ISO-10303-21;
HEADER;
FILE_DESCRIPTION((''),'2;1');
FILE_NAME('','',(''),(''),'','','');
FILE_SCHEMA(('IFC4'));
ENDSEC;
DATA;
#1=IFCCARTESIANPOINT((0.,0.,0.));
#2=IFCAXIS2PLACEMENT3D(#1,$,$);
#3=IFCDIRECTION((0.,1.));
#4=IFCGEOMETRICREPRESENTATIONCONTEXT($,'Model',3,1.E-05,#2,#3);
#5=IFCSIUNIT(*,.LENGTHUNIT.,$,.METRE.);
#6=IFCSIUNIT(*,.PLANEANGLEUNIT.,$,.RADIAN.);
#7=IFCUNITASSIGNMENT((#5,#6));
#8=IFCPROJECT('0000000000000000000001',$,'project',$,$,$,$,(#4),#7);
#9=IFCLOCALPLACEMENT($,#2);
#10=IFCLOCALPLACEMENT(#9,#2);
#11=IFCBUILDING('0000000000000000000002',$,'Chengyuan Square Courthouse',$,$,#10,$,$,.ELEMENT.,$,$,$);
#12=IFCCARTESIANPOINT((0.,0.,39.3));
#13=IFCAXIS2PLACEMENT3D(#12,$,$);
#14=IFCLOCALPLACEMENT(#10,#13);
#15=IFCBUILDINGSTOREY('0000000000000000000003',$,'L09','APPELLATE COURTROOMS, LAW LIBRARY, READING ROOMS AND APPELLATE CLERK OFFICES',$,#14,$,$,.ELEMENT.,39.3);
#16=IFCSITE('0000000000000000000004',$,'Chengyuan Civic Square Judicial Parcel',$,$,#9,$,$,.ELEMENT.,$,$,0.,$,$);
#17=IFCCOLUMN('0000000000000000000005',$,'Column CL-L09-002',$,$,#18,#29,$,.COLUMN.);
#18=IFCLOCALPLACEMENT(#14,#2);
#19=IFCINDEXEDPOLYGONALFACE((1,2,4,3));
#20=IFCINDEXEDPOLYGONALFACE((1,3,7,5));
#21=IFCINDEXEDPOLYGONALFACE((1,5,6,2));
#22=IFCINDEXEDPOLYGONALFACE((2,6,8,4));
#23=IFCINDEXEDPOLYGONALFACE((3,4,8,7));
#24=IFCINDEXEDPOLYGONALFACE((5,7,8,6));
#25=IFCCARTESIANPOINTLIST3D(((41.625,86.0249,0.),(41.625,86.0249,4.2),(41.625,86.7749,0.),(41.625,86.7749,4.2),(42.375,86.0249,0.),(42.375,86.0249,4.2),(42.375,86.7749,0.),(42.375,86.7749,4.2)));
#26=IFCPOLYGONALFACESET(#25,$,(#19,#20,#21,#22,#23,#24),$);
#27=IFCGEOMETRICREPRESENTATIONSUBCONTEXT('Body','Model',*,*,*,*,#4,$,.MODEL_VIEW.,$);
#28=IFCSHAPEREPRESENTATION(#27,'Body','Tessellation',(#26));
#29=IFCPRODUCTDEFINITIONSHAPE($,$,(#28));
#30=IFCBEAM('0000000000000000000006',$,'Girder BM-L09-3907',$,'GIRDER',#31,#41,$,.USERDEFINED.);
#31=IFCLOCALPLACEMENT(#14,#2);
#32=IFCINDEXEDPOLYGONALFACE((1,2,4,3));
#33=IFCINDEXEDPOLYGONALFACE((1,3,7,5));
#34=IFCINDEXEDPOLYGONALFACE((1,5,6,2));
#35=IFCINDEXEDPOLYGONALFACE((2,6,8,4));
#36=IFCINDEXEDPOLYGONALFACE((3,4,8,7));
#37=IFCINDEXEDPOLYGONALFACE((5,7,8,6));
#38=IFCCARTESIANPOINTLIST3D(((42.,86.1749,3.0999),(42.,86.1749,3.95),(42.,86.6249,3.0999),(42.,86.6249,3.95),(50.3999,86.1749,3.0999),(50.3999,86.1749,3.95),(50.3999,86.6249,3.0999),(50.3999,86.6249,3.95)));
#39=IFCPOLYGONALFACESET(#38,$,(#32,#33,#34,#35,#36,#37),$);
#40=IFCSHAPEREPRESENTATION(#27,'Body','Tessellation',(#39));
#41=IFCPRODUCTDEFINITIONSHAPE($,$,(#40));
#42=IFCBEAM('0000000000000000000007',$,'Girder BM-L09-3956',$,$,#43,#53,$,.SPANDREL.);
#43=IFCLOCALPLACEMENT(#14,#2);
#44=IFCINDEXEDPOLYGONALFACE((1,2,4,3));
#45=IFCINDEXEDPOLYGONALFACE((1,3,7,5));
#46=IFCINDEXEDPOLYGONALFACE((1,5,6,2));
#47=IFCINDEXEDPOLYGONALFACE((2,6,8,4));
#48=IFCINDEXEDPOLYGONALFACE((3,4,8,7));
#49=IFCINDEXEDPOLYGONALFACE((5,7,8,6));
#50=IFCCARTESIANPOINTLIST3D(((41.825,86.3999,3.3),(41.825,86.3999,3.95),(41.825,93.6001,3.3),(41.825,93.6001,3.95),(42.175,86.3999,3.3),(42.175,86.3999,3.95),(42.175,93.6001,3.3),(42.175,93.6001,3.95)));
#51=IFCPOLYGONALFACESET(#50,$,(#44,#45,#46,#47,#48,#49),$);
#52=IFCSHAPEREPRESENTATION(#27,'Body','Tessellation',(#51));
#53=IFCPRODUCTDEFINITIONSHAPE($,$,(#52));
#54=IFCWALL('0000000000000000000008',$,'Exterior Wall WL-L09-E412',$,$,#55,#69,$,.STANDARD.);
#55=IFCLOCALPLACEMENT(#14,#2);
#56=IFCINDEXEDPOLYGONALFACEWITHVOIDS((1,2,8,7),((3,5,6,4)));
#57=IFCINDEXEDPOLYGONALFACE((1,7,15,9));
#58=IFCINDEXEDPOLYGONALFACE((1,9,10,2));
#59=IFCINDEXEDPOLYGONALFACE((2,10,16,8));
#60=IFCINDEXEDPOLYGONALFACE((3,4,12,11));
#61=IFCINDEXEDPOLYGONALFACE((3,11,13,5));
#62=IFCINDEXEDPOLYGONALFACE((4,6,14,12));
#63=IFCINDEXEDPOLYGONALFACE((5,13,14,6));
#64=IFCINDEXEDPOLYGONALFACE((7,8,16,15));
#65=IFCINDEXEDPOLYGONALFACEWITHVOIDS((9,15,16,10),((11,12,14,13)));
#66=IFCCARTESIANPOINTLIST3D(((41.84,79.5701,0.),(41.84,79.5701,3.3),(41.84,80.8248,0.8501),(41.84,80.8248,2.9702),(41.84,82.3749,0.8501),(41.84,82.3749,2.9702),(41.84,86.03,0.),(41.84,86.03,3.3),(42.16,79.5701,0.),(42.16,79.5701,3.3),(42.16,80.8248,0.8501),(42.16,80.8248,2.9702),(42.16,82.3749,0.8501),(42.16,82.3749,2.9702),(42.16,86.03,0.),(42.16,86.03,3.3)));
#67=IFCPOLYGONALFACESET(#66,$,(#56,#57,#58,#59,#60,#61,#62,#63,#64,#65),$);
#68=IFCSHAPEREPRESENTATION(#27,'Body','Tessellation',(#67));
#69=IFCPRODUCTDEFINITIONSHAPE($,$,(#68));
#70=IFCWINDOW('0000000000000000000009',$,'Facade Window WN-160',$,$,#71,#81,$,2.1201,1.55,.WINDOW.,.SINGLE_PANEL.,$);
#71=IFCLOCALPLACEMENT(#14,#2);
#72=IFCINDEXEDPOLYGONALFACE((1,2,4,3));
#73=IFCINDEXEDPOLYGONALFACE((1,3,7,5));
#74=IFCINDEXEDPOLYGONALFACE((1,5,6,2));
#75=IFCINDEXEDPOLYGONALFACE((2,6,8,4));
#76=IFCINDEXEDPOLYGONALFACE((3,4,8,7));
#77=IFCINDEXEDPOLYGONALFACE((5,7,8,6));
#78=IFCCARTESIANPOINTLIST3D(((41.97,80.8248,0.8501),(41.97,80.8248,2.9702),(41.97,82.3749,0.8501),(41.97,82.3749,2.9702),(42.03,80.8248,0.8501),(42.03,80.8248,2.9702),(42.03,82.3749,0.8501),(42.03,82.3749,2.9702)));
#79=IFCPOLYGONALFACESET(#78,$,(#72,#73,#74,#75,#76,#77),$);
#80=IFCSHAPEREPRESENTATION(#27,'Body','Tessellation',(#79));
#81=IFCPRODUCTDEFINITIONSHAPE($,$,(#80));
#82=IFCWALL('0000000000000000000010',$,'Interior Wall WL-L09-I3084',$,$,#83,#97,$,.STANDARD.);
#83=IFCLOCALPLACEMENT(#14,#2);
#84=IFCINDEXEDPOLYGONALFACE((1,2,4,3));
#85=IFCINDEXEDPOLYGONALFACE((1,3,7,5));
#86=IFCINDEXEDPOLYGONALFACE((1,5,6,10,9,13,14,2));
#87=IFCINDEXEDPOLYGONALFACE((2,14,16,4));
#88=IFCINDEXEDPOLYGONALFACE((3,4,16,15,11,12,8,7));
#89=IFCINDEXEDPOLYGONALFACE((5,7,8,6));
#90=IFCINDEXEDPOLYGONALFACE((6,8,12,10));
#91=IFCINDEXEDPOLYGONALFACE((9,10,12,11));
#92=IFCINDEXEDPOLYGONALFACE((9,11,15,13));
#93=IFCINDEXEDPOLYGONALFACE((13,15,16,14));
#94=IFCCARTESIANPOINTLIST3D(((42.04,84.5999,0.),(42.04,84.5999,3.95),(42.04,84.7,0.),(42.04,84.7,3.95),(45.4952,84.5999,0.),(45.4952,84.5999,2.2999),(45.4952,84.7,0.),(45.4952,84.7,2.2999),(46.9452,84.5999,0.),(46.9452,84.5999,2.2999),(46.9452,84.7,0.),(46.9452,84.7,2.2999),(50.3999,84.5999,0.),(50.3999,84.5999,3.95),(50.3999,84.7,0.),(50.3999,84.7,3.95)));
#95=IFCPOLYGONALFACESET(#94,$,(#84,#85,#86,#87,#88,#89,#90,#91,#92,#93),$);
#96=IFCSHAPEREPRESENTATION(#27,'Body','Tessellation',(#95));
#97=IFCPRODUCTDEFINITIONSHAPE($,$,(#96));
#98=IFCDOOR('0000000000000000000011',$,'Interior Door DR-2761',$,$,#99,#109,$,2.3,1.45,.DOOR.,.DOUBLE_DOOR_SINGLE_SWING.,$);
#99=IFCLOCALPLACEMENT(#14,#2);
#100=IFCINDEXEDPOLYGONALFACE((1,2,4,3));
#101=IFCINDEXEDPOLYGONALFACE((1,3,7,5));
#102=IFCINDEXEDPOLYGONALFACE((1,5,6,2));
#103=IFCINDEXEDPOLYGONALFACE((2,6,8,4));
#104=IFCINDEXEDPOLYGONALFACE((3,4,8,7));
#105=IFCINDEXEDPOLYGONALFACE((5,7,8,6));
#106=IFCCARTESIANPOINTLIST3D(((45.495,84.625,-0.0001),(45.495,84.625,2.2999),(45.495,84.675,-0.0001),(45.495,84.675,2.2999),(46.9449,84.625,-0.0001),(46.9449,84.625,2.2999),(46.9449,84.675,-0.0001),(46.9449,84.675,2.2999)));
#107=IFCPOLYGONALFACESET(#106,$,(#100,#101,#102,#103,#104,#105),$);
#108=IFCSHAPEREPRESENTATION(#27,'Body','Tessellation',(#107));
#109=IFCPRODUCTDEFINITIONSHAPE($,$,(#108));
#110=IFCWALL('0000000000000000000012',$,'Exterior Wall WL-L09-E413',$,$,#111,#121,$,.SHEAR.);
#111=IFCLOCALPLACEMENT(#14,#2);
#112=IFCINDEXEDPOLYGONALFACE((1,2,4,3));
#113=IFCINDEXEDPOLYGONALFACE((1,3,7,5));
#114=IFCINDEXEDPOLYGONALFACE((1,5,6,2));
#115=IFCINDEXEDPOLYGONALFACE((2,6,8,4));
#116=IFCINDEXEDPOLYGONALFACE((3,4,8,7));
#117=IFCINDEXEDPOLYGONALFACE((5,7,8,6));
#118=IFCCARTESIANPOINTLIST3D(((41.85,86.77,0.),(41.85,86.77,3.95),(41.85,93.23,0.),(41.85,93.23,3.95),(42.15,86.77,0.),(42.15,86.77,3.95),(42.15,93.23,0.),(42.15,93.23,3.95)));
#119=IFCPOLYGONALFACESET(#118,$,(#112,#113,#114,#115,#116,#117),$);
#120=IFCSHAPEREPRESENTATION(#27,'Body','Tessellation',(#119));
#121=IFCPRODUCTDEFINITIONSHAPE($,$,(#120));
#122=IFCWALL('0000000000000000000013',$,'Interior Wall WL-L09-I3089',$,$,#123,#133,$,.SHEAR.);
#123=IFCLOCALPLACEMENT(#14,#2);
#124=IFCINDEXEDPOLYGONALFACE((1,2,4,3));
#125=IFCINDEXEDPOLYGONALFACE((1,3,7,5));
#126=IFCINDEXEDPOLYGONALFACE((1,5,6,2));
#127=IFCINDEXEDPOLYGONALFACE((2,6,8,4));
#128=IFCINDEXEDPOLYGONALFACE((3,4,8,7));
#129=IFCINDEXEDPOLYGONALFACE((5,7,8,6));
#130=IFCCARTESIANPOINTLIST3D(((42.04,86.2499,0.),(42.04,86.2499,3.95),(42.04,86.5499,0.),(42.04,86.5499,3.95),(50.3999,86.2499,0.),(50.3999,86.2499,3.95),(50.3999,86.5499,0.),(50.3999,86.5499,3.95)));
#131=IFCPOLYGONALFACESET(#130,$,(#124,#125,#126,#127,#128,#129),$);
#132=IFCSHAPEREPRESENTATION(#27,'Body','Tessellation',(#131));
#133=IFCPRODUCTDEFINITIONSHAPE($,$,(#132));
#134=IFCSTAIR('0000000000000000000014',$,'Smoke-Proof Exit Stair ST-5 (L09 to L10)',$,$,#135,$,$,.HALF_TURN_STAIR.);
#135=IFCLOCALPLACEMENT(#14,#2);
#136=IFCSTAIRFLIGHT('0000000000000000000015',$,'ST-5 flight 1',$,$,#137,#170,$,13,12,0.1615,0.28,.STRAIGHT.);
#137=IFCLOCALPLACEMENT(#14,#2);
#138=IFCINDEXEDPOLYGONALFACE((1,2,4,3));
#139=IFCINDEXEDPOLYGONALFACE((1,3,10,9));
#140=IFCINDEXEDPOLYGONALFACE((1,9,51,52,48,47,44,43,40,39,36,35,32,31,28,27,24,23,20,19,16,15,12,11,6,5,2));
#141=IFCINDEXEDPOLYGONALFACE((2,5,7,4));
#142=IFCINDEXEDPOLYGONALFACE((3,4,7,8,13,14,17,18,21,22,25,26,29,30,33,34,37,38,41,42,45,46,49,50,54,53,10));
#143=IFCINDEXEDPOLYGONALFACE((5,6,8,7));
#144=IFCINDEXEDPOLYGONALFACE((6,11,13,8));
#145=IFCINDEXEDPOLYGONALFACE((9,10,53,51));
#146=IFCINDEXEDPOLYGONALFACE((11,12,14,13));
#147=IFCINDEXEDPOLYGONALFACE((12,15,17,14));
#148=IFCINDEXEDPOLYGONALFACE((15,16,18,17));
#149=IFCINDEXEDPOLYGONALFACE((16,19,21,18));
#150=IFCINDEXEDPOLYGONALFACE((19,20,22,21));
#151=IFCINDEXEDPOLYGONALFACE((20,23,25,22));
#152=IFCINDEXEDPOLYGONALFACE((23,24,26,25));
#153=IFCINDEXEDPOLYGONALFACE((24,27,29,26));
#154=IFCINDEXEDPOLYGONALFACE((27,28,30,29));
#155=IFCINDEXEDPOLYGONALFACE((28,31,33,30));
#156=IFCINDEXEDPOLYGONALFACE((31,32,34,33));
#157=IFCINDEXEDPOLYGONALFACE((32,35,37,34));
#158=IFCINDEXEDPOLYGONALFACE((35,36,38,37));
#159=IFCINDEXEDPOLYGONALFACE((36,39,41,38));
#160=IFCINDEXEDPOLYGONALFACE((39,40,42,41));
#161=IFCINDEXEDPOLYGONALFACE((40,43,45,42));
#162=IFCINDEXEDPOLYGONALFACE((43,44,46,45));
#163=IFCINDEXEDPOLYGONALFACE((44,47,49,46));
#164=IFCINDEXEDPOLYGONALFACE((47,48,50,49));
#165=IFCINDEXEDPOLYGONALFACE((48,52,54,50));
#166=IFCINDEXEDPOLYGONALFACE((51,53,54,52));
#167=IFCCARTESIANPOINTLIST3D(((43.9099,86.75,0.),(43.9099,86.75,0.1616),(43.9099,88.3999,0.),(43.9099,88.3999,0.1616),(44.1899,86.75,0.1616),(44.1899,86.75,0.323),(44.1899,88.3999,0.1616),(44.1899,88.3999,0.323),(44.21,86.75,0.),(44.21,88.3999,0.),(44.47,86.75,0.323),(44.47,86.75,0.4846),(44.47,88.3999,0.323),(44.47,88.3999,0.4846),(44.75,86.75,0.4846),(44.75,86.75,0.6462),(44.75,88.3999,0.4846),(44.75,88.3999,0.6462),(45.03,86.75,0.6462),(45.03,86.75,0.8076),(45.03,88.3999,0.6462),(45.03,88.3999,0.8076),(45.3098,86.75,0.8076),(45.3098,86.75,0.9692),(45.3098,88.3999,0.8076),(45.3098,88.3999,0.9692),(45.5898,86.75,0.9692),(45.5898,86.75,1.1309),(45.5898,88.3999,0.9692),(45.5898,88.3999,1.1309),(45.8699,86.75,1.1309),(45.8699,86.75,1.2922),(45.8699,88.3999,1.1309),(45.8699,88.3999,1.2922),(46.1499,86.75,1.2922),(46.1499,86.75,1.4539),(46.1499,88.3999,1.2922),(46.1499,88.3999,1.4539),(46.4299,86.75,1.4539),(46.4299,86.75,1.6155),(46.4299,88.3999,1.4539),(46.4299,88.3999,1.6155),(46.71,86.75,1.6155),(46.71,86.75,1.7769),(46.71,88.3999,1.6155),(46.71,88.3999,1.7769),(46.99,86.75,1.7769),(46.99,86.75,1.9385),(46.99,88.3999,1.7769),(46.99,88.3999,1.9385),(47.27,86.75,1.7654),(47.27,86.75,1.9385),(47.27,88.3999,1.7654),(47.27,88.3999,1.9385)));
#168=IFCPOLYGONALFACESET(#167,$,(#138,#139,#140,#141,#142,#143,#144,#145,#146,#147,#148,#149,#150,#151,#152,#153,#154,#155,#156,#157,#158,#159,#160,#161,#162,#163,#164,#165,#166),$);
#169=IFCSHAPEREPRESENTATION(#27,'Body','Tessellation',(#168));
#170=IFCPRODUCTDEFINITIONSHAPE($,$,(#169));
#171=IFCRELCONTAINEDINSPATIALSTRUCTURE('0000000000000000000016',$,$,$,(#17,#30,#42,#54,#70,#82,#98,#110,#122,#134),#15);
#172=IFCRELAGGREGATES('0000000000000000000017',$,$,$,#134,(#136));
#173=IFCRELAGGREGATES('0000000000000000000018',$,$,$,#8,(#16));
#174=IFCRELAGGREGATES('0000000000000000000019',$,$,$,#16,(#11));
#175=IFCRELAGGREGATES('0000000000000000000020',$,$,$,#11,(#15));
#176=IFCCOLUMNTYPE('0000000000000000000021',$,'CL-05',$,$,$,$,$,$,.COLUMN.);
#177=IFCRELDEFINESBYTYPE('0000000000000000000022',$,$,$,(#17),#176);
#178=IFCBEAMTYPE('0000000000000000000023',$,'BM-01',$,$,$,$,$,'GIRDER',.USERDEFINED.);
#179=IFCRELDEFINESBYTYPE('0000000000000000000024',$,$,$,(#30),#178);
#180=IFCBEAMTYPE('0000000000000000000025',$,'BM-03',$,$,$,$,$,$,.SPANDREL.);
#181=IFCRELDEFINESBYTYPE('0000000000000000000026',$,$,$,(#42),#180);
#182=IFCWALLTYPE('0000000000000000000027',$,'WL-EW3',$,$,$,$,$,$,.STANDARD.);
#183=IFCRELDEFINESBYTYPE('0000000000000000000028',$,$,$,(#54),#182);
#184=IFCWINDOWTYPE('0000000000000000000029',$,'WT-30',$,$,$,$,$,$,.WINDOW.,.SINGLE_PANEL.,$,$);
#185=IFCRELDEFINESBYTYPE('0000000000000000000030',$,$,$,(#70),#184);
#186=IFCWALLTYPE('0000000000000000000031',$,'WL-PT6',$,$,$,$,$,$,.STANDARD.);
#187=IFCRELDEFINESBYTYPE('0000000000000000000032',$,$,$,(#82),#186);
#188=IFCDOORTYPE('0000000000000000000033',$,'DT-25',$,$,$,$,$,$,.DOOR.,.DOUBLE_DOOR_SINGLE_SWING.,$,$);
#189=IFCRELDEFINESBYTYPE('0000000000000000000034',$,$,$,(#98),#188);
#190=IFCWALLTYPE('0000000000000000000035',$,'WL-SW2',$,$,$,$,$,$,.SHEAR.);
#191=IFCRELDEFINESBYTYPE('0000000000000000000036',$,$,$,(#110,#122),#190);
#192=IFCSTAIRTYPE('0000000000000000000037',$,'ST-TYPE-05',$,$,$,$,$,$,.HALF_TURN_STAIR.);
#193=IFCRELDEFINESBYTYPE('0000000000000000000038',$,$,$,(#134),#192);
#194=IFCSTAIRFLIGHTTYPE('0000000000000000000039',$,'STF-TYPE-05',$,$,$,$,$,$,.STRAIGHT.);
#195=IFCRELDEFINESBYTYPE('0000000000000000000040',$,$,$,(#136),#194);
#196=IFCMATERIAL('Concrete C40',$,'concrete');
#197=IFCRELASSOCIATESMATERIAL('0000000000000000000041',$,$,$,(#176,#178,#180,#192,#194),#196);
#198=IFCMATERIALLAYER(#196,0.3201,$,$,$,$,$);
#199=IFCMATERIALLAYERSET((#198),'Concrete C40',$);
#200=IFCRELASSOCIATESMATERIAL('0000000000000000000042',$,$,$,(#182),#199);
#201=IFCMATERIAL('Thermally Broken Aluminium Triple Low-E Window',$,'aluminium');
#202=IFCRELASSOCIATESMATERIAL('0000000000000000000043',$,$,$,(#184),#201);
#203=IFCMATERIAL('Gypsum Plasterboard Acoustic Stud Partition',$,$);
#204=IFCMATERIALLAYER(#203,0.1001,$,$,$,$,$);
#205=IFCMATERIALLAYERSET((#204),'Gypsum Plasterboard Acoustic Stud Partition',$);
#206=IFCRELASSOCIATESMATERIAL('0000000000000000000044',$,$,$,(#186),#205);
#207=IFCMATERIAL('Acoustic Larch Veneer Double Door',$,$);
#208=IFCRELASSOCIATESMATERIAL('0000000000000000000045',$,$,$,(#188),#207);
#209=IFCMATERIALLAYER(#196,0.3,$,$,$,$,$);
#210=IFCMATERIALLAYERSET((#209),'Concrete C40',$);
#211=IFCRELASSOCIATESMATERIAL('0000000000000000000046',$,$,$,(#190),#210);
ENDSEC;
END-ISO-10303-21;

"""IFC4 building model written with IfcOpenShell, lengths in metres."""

from ifc_helpers import new_model, si_unit, direction, frame, frame_2d, origin, origin_2d, place, context, subcontext, project, spatial, polyline, rectangle, outline, extrude, material, layer, layer_set, material_profile, profile_set, type_object, element, fill, aggregate, save


model = new_model("IFC4")

# Units and contexts
model_context = context("Model", 3, precision=1e-05, world=origin(), true_north=direction((0.0, 1.0)))
body_context = subcontext(model_context, "Body", "Model", "MODEL_VIEW")
ifc_project = project(units=[si_unit("LENGTHUNIT", "METRE"), si_unit("PLANEANGLEUNIT", "RADIAN")], contexts=[model_context])

# Site, building, storey
site_placement = place(None, origin())
site = spatial("IfcSite", under=ifc_project, at=site_placement, Name="Chengyuan Civic Square Judicial Parcel", CompositionType="ELEMENT", RefElevation=0.0)
building_placement = place(site_placement, origin())
building = spatial("IfcBuilding", under=site, at=building_placement, Name="Chengyuan Square Courthouse", CompositionType="ELEMENT")
storey_placement = place(building_placement, frame((0.0, 0.0, 39.3)))
storey = spatial("IfcBuildingStorey", under=building, at=storey_placement, Name="L09", Description="APPELLATE COURTROOMS, LAW LIBRARY, READING ROOMS AND APPELLATE CLERK OFFICES", CompositionType="ELEMENT", Elevation=39.3)

# Column
ifc_material_1 = material(Name="Concrete C40", Category="concrete")
ifc_material_profile_1 = material_profile(ifc_material_1, rectangle(XDim=0.75, YDim=0.75, at=origin_2d()), Name="RC-COL-750x750")
ifc_profile_set_1 = profile_set([ifc_material_profile_1], Name="Concrete C40")
column_type = type_object("IfcColumnType", Name="CL-05", PredefinedType="COLUMN", material=ifc_profile_set_1)
column_placement = place(storey_placement, frame((42.0, 86.3999, 0.0), z_axis=(0.0, 0.0, 1.0), x_axis=(1.0, 0.0, 0.0)))
element("IfcColumn", 1, at=column_placement, inside=storey, type_object=column_type, Name="Column CL-L09-002", PredefinedType="COLUMN", context=body_context, shape_type="SweptSolid", body=[
    extrude(rectangle(XDim=0.75, YDim=0.75, at=origin_2d()), origin(), (0.0, 0.0, 1.0), 4.2),
])

# Beams
ifc_material_profile_2 = material_profile(ifc_material_1, rectangle(XDim=0.45, YDim=0.8501, at=origin_2d()), Name="RC-BM-450x850")
ifc_profile_set_2 = profile_set([ifc_material_profile_2], Name="Concrete C40")
beam_type_1 = type_object("IfcBeamType", Name="BM-01", ElementType="GIRDER", PredefinedType="USERDEFINED", material=ifc_profile_set_2)
beam_1_placement = place(storey_placement, frame((42.0, 86.3999, 3.5249), z_axis=(1.0, 0.0, 0.0), x_axis=(0.0, 1.0, 0.0)))
element("IfcBeam", 2, at=beam_1_placement, inside=storey, type_object=beam_type_1, Name="Girder BM-L09-3907", ObjectType="GIRDER", PredefinedType="USERDEFINED", context=body_context, shape_type="SweptSolid", body=[
    extrude(rectangle(XDim=0.45, YDim=0.8501, at=origin_2d()), origin(), (0.0, 0.0, 1.0), 8.3999),
])
ifc_material_profile_3 = material_profile(ifc_material_1, rectangle(XDim=0.3501, YDim=0.6499, at=origin_2d()), Name="RC-BM-350x650")
ifc_profile_set_3 = profile_set([ifc_material_profile_3], Name="Concrete C40")
beam_type_2 = type_object("IfcBeamType", Name="BM-03", PredefinedType="SPANDREL", material=ifc_profile_set_3)
beam_2_placement = place(storey_placement, frame((42.0, 86.3999, 3.625), z_axis=(0.0, 1.0, 0.0), x_axis=(-1.0, 0.0, 0.0)))
element("IfcBeam", 3, at=beam_2_placement, inside=storey, type_object=beam_type_2, Name="Girder BM-L09-3956", PredefinedType="SPANDREL", context=body_context, shape_type="SweptSolid", body=[
    extrude(rectangle(XDim=0.3501, YDim=0.6499, at=origin_2d()), origin(), (0.0, 0.0, 1.0), 7.2002),
])

# Wall, opening, window
ifc_layer_1 = layer(ifc_material_1, 0.3201)
ifc_layer_set_1 = layer_set([ifc_layer_1], Name="Concrete C40")
wall_type_1 = type_object("IfcWallType", Name="WL-EW3", PredefinedType="STANDARD", material=ifc_layer_set_1)
wall_1_placement = place(storey_placement, frame((42.0, 79.5701, 0.0), z_axis=(0.0, 0.0, 1.0), x_axis=(0.0, 1.0, 0.0)))
wall_1 = element("IfcWall", 4, at=wall_1_placement, inside=storey, type_object=wall_type_1, Name="Exterior Wall WL-L09-E412", PredefinedType="STANDARD", context=body_context, shape_type="SweptSolid", body=[
    extrude(rectangle(XDim=6.46, YDim=0.3201, at=frame_2d((3.23, 0.0))), origin(), (0.0, 0.0, 1.0), 3.3),
])
opening_1_placement = place(wall_1_placement, frame((1.2549, 0.0, 0.8501)))
opening_1 = element("IfcOpeningElement", 5, at=opening_1_placement, cuts=wall_1, PredefinedType="OPENING", context=body_context, shape_type="SweptSolid", body=[
    extrude(rectangle(XDim=1.55, YDim=2.1201, at=frame_2d((0.7749, 1.0601))), frame((0.0, 0.1721, 0.0), z_axis=(0.0, -1.0, 0.0), x_axis=(1.0, 0.0, 0.0)), (0.0, 0.0, 1.0), 0.344),
])
ifc_material_2 = material(Name="Thermally Broken Aluminium Triple Low-E Window", Category="aluminium")
window_type = type_object("IfcWindowType", Name="WT-30", PartitioningType="SINGLE_PANEL", PredefinedType="WINDOW", material=ifc_material_2)
window_placement = place(opening_1_placement, origin())
window = element("IfcWindow", 6, at=window_placement, inside=storey, type_object=window_type, Name="Facade Window WN-160", OverallHeight=2.1201, OverallWidth=1.55, PartitioningType="SINGLE_PANEL", PredefinedType="WINDOW", context=body_context, shape_type="SweptSolid", body=[
    extrude(rectangle(XDim=1.55, YDim=2.1201, at=frame_2d((0.7749, 1.0601))), frame((0.0, 0.03, 0.0), z_axis=(0.0, -1.0, 0.0), x_axis=(1.0, 0.0, 0.0)), (0.0, 0.0, 1.0), 0.0601),
])
fill(opening_1, window)

# Wall, opening, door
ifc_material_3 = material(Name="Gypsum Plasterboard Acoustic Stud Partition")
ifc_layer_2 = layer(ifc_material_3, 0.1001)
ifc_layer_set_2 = layer_set([ifc_layer_2], Name="Gypsum Plasterboard Acoustic Stud Partition")
wall_type_2 = type_object("IfcWallType", Name="WL-PT6", PredefinedType="STANDARD", material=ifc_layer_set_2)
wall_2_placement = place(storey_placement, frame((42.04, 84.6499, 0.0), z_axis=(0.0, 0.0, 1.0), x_axis=(1.0, 0.0, 0.0)))
wall_2 = element("IfcWall", 7, at=wall_2_placement, inside=storey, type_object=wall_type_2, Name="Interior Wall WL-L09-I3084", PredefinedType="STANDARD", context=body_context, shape_type="SweptSolid", body=[
    extrude(rectangle(XDim=8.3599, YDim=0.1001, at=frame_2d((4.1799, 0.0))), origin(), (0.0, 0.0, 1.0), 3.95),
])
opening_2_placement = place(wall_2_placement, frame((3.4551, 0.0, 0.0)))
opening_2 = element("IfcOpeningElement", 8, at=opening_2_placement, cuts=wall_2, PredefinedType="OPENING", context=body_context, shape_type="SweptSolid", body=[
    extrude(rectangle(XDim=1.45, YDim=2.3, at=frame_2d((0.7251, 1.1499))), frame((0.0, 0.062, 0.0), z_axis=(0.0, -1.0, 0.0), x_axis=(1.0, 0.0, 0.0)), (0.0, 0.0, 1.0), 0.124),
])
ifc_material_4 = material(Name="Acoustic Larch Veneer Double Door")
door_type = type_object("IfcDoorType", Name="DT-25", OperationType="DOUBLE_DOOR_SINGLE_SWING", PredefinedType="DOOR", material=ifc_material_4)
door_placement = place(opening_2_placement, frame((1.45, 0.0, 0.0), z_axis=(0.0, 0.0, 1.0), x_axis=(-1.0, 0.0, 0.0)))
door = element("IfcDoor", 9, at=door_placement, inside=storey, type_object=door_type, Name="Interior Door DR-2761", OperationType="DOUBLE_DOOR_SINGLE_SWING", OverallHeight=2.3, OverallWidth=1.45, PredefinedType="DOOR", context=body_context, shape_type="SweptSolid", body=[
    extrude(rectangle(XDim=1.45, YDim=2.3, at=frame_2d((0.7251, 1.1499))), frame((0.0, 0.0249, 0.0), z_axis=(0.0, -1.0, 0.0), x_axis=(1.0, 0.0, 0.0)), (0.0, 0.0, 1.0), 0.05),
])
fill(opening_2, door)

# Walls
ifc_layer_3 = layer(ifc_material_1, 0.3)
ifc_layer_set_3 = layer_set([ifc_layer_3], Name="Concrete C40")
wall_type_3 = type_object("IfcWallType", Name="WL-SW2", PredefinedType="SHEAR", material=ifc_layer_set_3)
wall_3_placement = place(storey_placement, frame((42.0, 86.77, 0.0), z_axis=(0.0, 0.0, 1.0), x_axis=(0.0, 1.0, 0.0)))
element("IfcWall", 10, at=wall_3_placement, inside=storey, type_object=wall_type_3, Name="Exterior Wall WL-L09-E413", PredefinedType="SHEAR", context=body_context, shape_type="SweptSolid", body=[
    extrude(rectangle(XDim=6.46, YDim=0.3, at=frame_2d((3.23, 0.0))), origin(), (0.0, 0.0, 1.0), 3.95),
])
wall_4_placement = place(storey_placement, frame((42.04, 86.3999, 0.0), z_axis=(0.0, 0.0, 1.0), x_axis=(1.0, 0.0, 0.0)))
element("IfcWall", 11, at=wall_4_placement, inside=storey, type_object=wall_type_3, Name="Interior Wall WL-L09-I3089", PredefinedType="SHEAR", context=body_context, shape_type="SweptSolid", body=[
    extrude(rectangle(XDim=8.3599, YDim=0.3, at=frame_2d((4.1799, 0.0))), origin(), (0.0, 0.0, 1.0), 3.95),
])

# Stair, stair flight
stair_type = type_object("IfcStairType", Name="ST-TYPE-05", PredefinedType="HALF_TURN_STAIR", material=ifc_material_1)
stair_placement = place(storey_placement, origin())
stair = element("IfcStair", 12, at=stair_placement, inside=storey, type_object=stair_type, Name="Smoke-Proof Exit Stair ST-5 (L09 to L10)", PredefinedType="HALF_TURN_STAIR")
stair_flight_type = type_object("IfcStairFlightType", Name="STF-TYPE-05", PredefinedType="STRAIGHT", material=ifc_material_1)
stair_flight_placement = place(storey_placement, frame((43.9099, 87.575, 0.0), z_axis=(0.0, 0.0, 1.0), x_axis=(1.0, 0.0, 0.0)))
stair_flight = element("IfcStairFlight", 13, at=stair_flight_placement, type_object=stair_flight_type, Name="ST-5 flight 1", NumberOfRisers=13, NumberOfTreads=12, PredefinedType="STRAIGHT", RiserHeight=0.1615, TreadLength=0.28, context=body_context, shape_type="SweptSolid", body=[
    extrude(outline(polyline([(0.0, 0.0), (0.0, 0.1616), (0.28, 0.1616), (0.28, 0.323), (0.5601, 0.323), (0.5601, 0.4846), (0.8401, 0.4846), (0.8401, 0.6462), (1.1201, 0.6462), (1.1201, 0.8076), (1.3999, 0.8076), (1.3999, 0.9692), (1.6799, 0.9692), (1.6799, 1.1309), (1.96, 1.1309), (1.96, 1.2922), (2.24, 1.2922), (2.24, 1.4539), (2.52, 1.4539), (2.52, 1.6155), (2.8, 1.6155), (2.8, 1.7769), (3.0801, 1.7769), (3.0801, 1.9385), (3.3601, 1.9385), (3.3601, 2.1001), (3.3601, 1.7654), (0.3, 0.0), (0.0, 0.0)])), frame((0.0, 0.825, 0.0), z_axis=(0.0, -1.0, 0.0), x_axis=(1.0, 0.0, 0.0)), (0.0, 0.0, 1.0), 1.6499),
])
aggregate(stair, [stair_flight])

save(model, "model.ifc")
